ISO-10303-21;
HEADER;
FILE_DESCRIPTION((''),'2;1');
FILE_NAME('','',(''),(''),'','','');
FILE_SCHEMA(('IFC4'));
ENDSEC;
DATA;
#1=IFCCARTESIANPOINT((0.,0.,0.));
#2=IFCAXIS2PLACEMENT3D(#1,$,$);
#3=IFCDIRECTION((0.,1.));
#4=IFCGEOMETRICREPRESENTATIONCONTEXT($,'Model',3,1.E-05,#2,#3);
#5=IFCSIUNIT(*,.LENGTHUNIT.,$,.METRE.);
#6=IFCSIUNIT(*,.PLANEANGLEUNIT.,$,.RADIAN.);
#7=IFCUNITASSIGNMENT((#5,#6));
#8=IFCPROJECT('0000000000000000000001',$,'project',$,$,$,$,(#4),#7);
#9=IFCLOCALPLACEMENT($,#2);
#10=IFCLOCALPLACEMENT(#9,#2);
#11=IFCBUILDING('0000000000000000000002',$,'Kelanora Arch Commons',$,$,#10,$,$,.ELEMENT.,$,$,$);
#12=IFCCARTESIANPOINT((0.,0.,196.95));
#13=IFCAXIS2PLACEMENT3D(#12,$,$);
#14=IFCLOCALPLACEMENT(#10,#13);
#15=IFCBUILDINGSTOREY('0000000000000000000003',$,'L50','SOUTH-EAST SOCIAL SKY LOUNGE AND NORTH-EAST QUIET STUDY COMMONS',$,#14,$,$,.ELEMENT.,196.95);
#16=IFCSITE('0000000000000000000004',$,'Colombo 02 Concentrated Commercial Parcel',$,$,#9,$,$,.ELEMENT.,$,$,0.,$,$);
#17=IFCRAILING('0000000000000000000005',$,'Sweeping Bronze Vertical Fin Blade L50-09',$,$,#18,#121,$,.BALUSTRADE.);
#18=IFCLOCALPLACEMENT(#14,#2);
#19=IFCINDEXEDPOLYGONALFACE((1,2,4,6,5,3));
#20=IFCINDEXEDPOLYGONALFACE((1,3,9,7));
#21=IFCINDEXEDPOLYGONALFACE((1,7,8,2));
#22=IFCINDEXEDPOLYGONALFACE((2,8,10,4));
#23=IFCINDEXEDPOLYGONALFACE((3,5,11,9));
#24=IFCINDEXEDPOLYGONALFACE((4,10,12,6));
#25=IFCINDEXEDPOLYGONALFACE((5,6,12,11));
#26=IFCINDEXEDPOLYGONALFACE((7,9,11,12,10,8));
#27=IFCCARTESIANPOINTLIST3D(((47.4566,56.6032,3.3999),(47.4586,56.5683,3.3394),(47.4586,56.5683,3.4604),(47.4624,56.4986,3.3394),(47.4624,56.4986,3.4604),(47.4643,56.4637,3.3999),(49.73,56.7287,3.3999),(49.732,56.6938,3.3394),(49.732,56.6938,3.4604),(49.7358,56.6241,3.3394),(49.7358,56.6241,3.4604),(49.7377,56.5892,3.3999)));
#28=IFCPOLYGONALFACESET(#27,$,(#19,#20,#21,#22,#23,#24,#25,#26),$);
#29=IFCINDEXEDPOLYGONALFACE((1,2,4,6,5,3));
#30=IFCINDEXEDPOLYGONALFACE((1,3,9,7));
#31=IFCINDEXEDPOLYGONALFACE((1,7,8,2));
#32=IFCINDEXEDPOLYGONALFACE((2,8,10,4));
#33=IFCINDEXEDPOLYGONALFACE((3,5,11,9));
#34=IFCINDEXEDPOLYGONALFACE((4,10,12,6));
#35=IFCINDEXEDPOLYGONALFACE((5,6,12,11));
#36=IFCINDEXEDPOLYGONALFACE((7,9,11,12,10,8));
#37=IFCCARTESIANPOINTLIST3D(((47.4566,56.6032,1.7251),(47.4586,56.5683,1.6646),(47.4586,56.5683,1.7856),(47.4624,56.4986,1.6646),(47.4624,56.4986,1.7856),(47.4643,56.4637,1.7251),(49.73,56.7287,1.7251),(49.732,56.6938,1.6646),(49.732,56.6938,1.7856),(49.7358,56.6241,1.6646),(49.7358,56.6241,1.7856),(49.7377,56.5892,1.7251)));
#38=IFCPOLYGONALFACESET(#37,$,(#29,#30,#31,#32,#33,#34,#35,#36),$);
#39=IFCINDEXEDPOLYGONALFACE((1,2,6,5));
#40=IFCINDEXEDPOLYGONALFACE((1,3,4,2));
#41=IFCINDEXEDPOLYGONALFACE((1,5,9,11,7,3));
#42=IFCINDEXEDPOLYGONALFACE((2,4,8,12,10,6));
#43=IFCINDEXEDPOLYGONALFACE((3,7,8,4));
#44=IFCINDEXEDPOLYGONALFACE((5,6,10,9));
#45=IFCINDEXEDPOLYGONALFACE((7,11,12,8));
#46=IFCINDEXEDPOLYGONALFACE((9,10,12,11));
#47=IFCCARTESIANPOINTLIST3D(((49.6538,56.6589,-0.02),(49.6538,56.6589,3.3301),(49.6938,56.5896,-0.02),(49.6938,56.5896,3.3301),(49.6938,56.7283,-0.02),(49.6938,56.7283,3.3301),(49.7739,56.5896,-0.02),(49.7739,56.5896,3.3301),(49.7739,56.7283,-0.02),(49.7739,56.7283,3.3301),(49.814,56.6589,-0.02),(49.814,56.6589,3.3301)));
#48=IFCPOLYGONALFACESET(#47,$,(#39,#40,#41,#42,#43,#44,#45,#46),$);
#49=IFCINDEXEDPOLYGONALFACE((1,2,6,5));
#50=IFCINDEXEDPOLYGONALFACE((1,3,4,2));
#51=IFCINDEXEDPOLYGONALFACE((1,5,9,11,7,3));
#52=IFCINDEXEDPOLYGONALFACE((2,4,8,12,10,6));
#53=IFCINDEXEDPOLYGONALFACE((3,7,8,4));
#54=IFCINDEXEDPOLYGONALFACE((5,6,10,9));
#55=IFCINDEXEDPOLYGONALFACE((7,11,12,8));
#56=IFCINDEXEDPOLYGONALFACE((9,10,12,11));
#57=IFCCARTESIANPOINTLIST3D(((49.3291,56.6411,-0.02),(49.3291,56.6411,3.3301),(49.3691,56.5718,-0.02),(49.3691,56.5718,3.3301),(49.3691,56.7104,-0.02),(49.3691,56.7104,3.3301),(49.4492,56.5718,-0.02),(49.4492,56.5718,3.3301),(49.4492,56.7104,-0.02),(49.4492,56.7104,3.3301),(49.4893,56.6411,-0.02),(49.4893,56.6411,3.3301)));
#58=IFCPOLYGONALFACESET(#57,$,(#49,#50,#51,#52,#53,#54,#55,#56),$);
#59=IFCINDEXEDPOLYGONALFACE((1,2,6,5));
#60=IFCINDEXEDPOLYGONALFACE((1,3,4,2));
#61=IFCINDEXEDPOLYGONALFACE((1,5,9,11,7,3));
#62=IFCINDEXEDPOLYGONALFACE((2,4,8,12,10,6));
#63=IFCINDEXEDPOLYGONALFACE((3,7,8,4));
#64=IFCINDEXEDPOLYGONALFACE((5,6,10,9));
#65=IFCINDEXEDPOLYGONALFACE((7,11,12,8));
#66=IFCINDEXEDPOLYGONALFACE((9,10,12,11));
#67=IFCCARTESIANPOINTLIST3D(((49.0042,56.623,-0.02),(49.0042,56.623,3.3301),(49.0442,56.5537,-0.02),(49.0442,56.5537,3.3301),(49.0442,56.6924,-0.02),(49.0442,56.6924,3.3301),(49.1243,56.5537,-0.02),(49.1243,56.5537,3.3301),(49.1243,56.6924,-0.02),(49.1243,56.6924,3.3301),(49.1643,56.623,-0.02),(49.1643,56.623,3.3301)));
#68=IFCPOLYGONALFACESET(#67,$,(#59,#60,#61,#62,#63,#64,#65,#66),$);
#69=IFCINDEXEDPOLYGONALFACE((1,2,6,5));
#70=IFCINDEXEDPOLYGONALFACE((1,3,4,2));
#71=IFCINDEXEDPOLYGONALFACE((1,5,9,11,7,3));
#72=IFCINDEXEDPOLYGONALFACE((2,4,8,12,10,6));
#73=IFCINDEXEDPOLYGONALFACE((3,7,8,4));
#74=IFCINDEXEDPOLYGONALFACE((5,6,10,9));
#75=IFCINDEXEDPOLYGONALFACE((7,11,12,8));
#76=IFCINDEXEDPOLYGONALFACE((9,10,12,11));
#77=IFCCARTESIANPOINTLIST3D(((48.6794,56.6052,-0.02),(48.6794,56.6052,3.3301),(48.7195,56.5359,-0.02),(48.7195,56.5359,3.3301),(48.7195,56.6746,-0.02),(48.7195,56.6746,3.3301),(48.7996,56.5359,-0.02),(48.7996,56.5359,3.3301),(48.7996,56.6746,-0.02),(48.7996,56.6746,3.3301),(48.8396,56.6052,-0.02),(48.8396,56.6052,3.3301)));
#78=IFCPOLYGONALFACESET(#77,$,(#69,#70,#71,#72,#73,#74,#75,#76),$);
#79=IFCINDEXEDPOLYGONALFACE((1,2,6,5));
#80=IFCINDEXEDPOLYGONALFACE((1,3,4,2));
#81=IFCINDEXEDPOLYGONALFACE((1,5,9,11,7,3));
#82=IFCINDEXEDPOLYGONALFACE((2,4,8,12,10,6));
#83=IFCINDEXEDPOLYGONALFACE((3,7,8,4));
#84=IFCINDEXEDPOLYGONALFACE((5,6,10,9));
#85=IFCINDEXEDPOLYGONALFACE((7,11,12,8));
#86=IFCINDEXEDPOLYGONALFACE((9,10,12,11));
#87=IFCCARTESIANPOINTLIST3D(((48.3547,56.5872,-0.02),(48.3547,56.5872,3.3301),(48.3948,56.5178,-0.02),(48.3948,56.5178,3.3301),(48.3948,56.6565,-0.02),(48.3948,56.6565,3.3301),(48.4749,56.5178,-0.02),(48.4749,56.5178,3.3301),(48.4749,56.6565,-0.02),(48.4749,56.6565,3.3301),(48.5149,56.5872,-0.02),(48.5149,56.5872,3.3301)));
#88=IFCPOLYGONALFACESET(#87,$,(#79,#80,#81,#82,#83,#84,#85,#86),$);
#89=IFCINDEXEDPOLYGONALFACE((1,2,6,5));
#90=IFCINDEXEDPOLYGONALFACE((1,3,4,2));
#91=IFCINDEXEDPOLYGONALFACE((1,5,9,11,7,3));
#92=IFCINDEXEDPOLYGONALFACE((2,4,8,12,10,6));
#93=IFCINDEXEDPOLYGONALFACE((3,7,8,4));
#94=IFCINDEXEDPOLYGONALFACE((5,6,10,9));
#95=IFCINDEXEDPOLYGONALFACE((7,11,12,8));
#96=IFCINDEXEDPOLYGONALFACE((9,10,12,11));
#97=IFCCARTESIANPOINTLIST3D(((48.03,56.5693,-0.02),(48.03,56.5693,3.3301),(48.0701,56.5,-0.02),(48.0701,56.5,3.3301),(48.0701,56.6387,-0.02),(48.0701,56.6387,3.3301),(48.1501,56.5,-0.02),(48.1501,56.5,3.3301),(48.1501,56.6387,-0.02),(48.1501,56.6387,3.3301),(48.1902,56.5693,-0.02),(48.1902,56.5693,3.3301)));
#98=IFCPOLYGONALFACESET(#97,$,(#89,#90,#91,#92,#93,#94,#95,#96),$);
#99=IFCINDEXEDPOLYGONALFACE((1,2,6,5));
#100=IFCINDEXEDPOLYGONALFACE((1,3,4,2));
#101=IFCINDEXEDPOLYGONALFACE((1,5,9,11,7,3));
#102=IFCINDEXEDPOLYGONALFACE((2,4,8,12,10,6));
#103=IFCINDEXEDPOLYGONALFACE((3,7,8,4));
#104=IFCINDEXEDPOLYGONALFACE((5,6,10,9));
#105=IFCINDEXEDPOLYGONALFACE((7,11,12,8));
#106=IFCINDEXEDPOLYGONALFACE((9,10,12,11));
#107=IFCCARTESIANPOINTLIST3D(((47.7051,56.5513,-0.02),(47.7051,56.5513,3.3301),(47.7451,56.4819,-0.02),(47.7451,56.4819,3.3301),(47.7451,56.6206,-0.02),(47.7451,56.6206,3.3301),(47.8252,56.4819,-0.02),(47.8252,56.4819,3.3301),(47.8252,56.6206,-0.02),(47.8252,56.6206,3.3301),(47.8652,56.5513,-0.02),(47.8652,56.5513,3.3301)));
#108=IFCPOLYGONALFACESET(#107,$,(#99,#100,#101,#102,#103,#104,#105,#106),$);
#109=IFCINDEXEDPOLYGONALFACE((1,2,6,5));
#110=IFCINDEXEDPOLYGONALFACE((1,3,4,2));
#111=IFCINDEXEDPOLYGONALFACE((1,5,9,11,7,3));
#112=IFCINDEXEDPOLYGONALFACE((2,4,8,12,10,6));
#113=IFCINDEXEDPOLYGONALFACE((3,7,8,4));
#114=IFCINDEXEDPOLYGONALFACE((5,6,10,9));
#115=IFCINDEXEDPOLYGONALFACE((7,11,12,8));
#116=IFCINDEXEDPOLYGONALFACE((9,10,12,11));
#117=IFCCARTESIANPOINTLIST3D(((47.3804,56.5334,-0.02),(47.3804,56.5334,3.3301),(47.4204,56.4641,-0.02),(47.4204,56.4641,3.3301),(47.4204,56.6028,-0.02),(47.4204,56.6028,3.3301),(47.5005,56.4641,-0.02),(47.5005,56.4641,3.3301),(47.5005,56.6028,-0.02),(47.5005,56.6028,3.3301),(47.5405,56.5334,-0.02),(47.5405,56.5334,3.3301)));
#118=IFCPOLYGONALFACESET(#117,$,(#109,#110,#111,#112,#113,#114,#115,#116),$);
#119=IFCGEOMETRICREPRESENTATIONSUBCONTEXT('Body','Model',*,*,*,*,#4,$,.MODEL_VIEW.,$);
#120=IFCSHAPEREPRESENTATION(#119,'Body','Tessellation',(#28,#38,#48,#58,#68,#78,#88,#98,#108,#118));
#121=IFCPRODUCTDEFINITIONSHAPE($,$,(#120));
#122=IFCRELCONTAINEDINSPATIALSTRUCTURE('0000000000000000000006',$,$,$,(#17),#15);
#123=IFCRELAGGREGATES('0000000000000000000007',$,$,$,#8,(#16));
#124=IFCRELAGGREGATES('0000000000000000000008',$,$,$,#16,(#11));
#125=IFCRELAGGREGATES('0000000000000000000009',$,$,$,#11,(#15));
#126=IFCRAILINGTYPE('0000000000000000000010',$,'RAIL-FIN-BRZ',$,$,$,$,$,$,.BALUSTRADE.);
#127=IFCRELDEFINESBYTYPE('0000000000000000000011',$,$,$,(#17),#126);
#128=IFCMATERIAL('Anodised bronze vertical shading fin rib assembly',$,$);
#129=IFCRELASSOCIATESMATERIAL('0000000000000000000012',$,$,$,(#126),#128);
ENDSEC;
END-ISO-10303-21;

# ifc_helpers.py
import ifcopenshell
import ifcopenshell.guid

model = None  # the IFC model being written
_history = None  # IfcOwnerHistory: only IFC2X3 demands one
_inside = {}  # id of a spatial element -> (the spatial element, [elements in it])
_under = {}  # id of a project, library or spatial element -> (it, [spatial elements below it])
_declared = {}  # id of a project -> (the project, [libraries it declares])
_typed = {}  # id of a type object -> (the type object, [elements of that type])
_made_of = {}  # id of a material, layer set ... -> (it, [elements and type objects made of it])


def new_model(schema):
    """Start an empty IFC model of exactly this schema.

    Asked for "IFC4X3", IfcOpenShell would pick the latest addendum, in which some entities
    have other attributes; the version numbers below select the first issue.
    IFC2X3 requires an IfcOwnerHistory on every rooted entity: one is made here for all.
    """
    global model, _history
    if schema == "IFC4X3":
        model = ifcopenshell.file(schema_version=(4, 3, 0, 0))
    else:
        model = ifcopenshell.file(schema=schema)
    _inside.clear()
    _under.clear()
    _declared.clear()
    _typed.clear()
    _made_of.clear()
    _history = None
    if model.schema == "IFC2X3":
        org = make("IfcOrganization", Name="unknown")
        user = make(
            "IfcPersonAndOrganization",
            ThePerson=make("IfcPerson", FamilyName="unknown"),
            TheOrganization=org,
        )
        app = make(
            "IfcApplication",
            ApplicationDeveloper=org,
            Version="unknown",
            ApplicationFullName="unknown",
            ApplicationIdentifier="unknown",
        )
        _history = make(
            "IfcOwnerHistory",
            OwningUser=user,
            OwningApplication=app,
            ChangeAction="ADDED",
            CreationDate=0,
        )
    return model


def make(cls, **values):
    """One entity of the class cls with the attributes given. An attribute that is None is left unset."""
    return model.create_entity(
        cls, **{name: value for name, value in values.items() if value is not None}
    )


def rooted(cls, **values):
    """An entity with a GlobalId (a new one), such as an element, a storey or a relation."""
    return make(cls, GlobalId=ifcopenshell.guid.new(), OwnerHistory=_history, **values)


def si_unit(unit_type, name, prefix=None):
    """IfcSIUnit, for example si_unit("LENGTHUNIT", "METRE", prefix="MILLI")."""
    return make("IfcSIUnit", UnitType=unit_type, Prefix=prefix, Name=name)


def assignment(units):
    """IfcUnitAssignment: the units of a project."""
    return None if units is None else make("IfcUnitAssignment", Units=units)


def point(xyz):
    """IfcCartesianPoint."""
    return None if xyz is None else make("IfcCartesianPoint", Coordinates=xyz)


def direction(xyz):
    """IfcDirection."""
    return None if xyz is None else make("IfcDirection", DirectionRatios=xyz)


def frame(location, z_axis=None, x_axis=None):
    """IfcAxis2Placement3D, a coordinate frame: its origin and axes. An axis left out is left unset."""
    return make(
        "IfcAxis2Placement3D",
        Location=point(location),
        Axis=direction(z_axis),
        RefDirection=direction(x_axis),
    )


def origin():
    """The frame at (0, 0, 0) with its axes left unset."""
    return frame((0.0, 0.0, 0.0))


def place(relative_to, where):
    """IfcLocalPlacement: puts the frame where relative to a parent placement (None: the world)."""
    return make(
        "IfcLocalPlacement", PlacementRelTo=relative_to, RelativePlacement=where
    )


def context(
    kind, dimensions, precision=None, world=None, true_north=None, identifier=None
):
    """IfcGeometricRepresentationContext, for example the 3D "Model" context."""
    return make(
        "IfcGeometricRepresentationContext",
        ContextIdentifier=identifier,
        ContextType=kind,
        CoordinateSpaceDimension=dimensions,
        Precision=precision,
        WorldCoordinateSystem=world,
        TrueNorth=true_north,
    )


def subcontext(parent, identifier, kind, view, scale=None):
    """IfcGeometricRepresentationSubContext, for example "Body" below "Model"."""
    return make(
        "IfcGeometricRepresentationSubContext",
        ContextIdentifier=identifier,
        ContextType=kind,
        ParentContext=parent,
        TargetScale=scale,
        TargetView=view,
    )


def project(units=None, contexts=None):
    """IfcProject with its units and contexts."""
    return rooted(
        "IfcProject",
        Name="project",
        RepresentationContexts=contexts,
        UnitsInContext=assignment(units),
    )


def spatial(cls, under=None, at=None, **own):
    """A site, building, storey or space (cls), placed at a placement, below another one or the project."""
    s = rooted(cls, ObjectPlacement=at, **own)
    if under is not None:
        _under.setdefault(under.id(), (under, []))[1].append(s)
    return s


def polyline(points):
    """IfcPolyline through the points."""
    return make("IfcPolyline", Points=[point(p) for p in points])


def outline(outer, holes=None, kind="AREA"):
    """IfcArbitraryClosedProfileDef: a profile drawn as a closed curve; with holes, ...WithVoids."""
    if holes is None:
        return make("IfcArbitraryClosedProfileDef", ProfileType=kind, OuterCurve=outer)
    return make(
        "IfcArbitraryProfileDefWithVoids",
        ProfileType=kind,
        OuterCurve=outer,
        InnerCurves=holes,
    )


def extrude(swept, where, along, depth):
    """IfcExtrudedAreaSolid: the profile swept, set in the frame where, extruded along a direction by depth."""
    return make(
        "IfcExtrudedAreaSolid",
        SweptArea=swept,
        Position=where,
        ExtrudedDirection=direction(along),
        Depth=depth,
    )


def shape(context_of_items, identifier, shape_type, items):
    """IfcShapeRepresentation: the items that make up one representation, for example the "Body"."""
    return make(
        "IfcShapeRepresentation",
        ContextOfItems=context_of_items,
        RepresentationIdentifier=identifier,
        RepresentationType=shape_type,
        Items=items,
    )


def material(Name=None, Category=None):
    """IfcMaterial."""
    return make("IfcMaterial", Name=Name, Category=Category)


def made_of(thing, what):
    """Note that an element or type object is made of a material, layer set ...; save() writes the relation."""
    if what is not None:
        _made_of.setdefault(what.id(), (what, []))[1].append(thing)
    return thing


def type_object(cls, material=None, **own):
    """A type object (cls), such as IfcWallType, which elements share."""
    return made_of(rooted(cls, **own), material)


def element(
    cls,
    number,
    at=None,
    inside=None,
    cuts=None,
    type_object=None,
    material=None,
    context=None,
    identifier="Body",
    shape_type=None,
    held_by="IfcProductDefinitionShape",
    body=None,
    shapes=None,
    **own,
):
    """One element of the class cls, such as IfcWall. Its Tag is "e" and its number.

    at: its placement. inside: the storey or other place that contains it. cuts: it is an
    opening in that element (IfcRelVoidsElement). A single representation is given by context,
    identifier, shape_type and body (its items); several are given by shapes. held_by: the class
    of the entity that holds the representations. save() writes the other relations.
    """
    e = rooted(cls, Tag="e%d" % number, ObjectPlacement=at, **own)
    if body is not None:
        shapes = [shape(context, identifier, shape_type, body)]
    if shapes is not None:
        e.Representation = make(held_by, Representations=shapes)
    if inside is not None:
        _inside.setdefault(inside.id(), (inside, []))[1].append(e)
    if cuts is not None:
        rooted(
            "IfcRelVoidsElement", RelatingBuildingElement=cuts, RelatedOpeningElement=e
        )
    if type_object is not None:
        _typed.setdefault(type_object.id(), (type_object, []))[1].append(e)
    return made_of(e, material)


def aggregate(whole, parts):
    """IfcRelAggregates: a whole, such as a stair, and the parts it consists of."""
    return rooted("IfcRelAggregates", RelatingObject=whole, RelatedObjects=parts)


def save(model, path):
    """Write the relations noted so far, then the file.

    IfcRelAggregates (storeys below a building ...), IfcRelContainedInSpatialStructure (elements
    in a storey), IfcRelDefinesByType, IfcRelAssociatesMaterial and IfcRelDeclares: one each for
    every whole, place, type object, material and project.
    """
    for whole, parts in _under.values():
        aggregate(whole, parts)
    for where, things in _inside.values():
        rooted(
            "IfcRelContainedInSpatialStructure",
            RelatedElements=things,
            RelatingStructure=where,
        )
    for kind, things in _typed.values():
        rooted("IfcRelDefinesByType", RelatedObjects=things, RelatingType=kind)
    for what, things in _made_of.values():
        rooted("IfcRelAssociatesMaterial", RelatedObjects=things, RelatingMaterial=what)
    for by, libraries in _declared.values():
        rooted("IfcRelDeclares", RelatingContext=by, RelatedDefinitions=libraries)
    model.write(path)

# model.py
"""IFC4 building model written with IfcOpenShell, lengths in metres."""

from ifc_helpers import new_model, si_unit, direction, frame, origin, place, context, subcontext, project, spatial, polyline, outline, extrude, material, type_object, element, save


model = new_model("IFC4")

# Units and contexts
model_context = context("Model", 3, precision=1e-05, world=origin(), true_north=direction((0.0, 1.0)))
body_context = subcontext(model_context, "Body", "Model", "MODEL_VIEW")
ifc_project = project(units=[si_unit("LENGTHUNIT", "METRE"), si_unit("PLANEANGLEUNIT", "RADIAN")], contexts=[model_context])

# Site, building, storey
site_placement = place(None, origin())
site = spatial("IfcSite", under=ifc_project, at=site_placement, Name="Colombo 02 Concentrated Commercial Parcel", CompositionType="ELEMENT", RefElevation=0.0)
building_placement = place(site_placement, origin())
building = spatial("IfcBuilding", under=site, at=building_placement, Name="Kelanora Arch Commons", CompositionType="ELEMENT")
storey_placement = place(building_placement, frame((0.0, 0.0, 196.95)))
storey = spatial("IfcBuildingStorey", under=building, at=storey_placement, Name="L50", Description="SOUTH-EAST SOCIAL SKY LOUNGE AND NORTH-EAST QUIET STUDY COMMONS", CompositionType="ELEMENT", Elevation=196.95)

# Railing
ifc_material_1 = material(Name="Anodised bronze vertical shading fin rib assembly")
railing_type = type_object("IfcRailingType", Name="RAIL-FIN-BRZ", PredefinedType="BALUSTRADE", material=ifc_material_1)
railing_1_placement = place(storey_placement, frame((49.7339, 56.6589, -0.02)))
element("IfcRailing", 1, at=railing_1_placement, inside=storey, type_object=railing_type, Name="Sweeping Bronze Vertical Fin Blade L50-09", PredefinedType="BALUSTRADE", context=body_context, shape_type="SweptSolid", body=[
    extrude(outline(polyline([(0.0698, 0.0), (0.0349, 0.0605), (-0.0349, 0.0605), (-0.0698, 0.0), (-0.0349, -0.0605), (0.0349, -0.0605), (0.0698, 0.0)])), frame((0.0, 0.0, 3.4199), z_axis=(-0.99848, -0.055114, 0.0), x_axis=(0.055114, -0.99848, 0.0)), (0.0, 0.0, 1.0), 2.2769),
    extrude(outline(polyline([(0.0698, 0.0), (0.0349, 0.0605), (-0.0349, 0.0605), (-0.0698, 0.0), (-0.0349, -0.0605), (0.0349, -0.0605), (0.0698, 0.0)])), frame((0.0, 0.0, 1.7451), z_axis=(-0.99848, -0.055114, 0.0), x_axis=(0.055114, -0.99848, 0.0)), (0.0, 0.0, 1.0), 2.2769),
    extrude(outline(polyline([(0.0801, 0.0), (0.04, 0.0693), (-0.04, 0.0693), (-0.0801, 0.0), (-0.04, -0.0693), (0.04, -0.0693), (0.0801, 0.0)])), origin(), (0.0, 0.0, 1.0), 3.3501),
    extrude(outline(polyline([(0.0801, 0.0), (0.04, 0.0693), (-0.04, 0.0693), (-0.0801, 0.0), (-0.04, -0.0693), (0.04, -0.0693), (0.0801, 0.0)])), frame((-0.3247, -0.0178, 0.0)), (0.0, 0.0, 1.0), 3.3501),
    extrude(outline(polyline([(0.0801, 0.0), (0.04, 0.0693), (-0.04, 0.0693), (-0.0801, 0.0), (-0.04, -0.0693), (0.04, -0.0693), (0.0801, 0.0)])), frame((-0.6497, -0.0359, 0.0)), (0.0, 0.0, 1.0), 3.3501),
    extrude(outline(polyline([(0.0801, 0.0), (0.04, 0.0693), (-0.04, 0.0693), (-0.0801, 0.0), (-0.04, -0.0693), (0.04, -0.0693), (0.0801, 0.0)])), frame((-0.9744, -0.0537, 0.0)), (0.0, 0.0, 1.0), 3.3501),
    extrude(outline(polyline([(0.0801, 0.0), (0.04, 0.0693), (-0.04, 0.0693), (-0.0801, 0.0), (-0.04, -0.0693), (0.04, -0.0693), (0.0801, 0.0)])), frame((-1.2991, -0.0718, 0.0)), (0.0, 0.0, 1.0), 3.3501),
    extrude(outline(polyline([(0.0801, 0.0), (0.04, 0.0693), (-0.04, 0.0693), (-0.0801, 0.0), (-0.04, -0.0693), (0.04, -0.0693), (0.0801, 0.0)])), frame((-1.6238, -0.0896, 0.0)), (0.0, 0.0, 1.0), 3.3501),
    extrude(outline(polyline([(0.0801, 0.0), (0.04, 0.0693), (-0.04, 0.0693), (-0.0801, 0.0), (-0.04, -0.0693), (0.04, -0.0693), (0.0801, 0.0)])), frame((-1.9487, -0.1077, 0.0)), (0.0, 0.0, 1.0), 3.3501),
    extrude(outline(polyline([(0.0801, 0.0), (0.04, 0.0693), (-0.04, 0.0693), (-0.0801, 0.0), (-0.04, -0.0693), (0.04, -0.0693), (0.0801, 0.0)])), frame((-2.2734, -0.1255, 0.0)), (0.0, 0.0, 1.0), 3.3501),
])

save(model, "model.ifc")
